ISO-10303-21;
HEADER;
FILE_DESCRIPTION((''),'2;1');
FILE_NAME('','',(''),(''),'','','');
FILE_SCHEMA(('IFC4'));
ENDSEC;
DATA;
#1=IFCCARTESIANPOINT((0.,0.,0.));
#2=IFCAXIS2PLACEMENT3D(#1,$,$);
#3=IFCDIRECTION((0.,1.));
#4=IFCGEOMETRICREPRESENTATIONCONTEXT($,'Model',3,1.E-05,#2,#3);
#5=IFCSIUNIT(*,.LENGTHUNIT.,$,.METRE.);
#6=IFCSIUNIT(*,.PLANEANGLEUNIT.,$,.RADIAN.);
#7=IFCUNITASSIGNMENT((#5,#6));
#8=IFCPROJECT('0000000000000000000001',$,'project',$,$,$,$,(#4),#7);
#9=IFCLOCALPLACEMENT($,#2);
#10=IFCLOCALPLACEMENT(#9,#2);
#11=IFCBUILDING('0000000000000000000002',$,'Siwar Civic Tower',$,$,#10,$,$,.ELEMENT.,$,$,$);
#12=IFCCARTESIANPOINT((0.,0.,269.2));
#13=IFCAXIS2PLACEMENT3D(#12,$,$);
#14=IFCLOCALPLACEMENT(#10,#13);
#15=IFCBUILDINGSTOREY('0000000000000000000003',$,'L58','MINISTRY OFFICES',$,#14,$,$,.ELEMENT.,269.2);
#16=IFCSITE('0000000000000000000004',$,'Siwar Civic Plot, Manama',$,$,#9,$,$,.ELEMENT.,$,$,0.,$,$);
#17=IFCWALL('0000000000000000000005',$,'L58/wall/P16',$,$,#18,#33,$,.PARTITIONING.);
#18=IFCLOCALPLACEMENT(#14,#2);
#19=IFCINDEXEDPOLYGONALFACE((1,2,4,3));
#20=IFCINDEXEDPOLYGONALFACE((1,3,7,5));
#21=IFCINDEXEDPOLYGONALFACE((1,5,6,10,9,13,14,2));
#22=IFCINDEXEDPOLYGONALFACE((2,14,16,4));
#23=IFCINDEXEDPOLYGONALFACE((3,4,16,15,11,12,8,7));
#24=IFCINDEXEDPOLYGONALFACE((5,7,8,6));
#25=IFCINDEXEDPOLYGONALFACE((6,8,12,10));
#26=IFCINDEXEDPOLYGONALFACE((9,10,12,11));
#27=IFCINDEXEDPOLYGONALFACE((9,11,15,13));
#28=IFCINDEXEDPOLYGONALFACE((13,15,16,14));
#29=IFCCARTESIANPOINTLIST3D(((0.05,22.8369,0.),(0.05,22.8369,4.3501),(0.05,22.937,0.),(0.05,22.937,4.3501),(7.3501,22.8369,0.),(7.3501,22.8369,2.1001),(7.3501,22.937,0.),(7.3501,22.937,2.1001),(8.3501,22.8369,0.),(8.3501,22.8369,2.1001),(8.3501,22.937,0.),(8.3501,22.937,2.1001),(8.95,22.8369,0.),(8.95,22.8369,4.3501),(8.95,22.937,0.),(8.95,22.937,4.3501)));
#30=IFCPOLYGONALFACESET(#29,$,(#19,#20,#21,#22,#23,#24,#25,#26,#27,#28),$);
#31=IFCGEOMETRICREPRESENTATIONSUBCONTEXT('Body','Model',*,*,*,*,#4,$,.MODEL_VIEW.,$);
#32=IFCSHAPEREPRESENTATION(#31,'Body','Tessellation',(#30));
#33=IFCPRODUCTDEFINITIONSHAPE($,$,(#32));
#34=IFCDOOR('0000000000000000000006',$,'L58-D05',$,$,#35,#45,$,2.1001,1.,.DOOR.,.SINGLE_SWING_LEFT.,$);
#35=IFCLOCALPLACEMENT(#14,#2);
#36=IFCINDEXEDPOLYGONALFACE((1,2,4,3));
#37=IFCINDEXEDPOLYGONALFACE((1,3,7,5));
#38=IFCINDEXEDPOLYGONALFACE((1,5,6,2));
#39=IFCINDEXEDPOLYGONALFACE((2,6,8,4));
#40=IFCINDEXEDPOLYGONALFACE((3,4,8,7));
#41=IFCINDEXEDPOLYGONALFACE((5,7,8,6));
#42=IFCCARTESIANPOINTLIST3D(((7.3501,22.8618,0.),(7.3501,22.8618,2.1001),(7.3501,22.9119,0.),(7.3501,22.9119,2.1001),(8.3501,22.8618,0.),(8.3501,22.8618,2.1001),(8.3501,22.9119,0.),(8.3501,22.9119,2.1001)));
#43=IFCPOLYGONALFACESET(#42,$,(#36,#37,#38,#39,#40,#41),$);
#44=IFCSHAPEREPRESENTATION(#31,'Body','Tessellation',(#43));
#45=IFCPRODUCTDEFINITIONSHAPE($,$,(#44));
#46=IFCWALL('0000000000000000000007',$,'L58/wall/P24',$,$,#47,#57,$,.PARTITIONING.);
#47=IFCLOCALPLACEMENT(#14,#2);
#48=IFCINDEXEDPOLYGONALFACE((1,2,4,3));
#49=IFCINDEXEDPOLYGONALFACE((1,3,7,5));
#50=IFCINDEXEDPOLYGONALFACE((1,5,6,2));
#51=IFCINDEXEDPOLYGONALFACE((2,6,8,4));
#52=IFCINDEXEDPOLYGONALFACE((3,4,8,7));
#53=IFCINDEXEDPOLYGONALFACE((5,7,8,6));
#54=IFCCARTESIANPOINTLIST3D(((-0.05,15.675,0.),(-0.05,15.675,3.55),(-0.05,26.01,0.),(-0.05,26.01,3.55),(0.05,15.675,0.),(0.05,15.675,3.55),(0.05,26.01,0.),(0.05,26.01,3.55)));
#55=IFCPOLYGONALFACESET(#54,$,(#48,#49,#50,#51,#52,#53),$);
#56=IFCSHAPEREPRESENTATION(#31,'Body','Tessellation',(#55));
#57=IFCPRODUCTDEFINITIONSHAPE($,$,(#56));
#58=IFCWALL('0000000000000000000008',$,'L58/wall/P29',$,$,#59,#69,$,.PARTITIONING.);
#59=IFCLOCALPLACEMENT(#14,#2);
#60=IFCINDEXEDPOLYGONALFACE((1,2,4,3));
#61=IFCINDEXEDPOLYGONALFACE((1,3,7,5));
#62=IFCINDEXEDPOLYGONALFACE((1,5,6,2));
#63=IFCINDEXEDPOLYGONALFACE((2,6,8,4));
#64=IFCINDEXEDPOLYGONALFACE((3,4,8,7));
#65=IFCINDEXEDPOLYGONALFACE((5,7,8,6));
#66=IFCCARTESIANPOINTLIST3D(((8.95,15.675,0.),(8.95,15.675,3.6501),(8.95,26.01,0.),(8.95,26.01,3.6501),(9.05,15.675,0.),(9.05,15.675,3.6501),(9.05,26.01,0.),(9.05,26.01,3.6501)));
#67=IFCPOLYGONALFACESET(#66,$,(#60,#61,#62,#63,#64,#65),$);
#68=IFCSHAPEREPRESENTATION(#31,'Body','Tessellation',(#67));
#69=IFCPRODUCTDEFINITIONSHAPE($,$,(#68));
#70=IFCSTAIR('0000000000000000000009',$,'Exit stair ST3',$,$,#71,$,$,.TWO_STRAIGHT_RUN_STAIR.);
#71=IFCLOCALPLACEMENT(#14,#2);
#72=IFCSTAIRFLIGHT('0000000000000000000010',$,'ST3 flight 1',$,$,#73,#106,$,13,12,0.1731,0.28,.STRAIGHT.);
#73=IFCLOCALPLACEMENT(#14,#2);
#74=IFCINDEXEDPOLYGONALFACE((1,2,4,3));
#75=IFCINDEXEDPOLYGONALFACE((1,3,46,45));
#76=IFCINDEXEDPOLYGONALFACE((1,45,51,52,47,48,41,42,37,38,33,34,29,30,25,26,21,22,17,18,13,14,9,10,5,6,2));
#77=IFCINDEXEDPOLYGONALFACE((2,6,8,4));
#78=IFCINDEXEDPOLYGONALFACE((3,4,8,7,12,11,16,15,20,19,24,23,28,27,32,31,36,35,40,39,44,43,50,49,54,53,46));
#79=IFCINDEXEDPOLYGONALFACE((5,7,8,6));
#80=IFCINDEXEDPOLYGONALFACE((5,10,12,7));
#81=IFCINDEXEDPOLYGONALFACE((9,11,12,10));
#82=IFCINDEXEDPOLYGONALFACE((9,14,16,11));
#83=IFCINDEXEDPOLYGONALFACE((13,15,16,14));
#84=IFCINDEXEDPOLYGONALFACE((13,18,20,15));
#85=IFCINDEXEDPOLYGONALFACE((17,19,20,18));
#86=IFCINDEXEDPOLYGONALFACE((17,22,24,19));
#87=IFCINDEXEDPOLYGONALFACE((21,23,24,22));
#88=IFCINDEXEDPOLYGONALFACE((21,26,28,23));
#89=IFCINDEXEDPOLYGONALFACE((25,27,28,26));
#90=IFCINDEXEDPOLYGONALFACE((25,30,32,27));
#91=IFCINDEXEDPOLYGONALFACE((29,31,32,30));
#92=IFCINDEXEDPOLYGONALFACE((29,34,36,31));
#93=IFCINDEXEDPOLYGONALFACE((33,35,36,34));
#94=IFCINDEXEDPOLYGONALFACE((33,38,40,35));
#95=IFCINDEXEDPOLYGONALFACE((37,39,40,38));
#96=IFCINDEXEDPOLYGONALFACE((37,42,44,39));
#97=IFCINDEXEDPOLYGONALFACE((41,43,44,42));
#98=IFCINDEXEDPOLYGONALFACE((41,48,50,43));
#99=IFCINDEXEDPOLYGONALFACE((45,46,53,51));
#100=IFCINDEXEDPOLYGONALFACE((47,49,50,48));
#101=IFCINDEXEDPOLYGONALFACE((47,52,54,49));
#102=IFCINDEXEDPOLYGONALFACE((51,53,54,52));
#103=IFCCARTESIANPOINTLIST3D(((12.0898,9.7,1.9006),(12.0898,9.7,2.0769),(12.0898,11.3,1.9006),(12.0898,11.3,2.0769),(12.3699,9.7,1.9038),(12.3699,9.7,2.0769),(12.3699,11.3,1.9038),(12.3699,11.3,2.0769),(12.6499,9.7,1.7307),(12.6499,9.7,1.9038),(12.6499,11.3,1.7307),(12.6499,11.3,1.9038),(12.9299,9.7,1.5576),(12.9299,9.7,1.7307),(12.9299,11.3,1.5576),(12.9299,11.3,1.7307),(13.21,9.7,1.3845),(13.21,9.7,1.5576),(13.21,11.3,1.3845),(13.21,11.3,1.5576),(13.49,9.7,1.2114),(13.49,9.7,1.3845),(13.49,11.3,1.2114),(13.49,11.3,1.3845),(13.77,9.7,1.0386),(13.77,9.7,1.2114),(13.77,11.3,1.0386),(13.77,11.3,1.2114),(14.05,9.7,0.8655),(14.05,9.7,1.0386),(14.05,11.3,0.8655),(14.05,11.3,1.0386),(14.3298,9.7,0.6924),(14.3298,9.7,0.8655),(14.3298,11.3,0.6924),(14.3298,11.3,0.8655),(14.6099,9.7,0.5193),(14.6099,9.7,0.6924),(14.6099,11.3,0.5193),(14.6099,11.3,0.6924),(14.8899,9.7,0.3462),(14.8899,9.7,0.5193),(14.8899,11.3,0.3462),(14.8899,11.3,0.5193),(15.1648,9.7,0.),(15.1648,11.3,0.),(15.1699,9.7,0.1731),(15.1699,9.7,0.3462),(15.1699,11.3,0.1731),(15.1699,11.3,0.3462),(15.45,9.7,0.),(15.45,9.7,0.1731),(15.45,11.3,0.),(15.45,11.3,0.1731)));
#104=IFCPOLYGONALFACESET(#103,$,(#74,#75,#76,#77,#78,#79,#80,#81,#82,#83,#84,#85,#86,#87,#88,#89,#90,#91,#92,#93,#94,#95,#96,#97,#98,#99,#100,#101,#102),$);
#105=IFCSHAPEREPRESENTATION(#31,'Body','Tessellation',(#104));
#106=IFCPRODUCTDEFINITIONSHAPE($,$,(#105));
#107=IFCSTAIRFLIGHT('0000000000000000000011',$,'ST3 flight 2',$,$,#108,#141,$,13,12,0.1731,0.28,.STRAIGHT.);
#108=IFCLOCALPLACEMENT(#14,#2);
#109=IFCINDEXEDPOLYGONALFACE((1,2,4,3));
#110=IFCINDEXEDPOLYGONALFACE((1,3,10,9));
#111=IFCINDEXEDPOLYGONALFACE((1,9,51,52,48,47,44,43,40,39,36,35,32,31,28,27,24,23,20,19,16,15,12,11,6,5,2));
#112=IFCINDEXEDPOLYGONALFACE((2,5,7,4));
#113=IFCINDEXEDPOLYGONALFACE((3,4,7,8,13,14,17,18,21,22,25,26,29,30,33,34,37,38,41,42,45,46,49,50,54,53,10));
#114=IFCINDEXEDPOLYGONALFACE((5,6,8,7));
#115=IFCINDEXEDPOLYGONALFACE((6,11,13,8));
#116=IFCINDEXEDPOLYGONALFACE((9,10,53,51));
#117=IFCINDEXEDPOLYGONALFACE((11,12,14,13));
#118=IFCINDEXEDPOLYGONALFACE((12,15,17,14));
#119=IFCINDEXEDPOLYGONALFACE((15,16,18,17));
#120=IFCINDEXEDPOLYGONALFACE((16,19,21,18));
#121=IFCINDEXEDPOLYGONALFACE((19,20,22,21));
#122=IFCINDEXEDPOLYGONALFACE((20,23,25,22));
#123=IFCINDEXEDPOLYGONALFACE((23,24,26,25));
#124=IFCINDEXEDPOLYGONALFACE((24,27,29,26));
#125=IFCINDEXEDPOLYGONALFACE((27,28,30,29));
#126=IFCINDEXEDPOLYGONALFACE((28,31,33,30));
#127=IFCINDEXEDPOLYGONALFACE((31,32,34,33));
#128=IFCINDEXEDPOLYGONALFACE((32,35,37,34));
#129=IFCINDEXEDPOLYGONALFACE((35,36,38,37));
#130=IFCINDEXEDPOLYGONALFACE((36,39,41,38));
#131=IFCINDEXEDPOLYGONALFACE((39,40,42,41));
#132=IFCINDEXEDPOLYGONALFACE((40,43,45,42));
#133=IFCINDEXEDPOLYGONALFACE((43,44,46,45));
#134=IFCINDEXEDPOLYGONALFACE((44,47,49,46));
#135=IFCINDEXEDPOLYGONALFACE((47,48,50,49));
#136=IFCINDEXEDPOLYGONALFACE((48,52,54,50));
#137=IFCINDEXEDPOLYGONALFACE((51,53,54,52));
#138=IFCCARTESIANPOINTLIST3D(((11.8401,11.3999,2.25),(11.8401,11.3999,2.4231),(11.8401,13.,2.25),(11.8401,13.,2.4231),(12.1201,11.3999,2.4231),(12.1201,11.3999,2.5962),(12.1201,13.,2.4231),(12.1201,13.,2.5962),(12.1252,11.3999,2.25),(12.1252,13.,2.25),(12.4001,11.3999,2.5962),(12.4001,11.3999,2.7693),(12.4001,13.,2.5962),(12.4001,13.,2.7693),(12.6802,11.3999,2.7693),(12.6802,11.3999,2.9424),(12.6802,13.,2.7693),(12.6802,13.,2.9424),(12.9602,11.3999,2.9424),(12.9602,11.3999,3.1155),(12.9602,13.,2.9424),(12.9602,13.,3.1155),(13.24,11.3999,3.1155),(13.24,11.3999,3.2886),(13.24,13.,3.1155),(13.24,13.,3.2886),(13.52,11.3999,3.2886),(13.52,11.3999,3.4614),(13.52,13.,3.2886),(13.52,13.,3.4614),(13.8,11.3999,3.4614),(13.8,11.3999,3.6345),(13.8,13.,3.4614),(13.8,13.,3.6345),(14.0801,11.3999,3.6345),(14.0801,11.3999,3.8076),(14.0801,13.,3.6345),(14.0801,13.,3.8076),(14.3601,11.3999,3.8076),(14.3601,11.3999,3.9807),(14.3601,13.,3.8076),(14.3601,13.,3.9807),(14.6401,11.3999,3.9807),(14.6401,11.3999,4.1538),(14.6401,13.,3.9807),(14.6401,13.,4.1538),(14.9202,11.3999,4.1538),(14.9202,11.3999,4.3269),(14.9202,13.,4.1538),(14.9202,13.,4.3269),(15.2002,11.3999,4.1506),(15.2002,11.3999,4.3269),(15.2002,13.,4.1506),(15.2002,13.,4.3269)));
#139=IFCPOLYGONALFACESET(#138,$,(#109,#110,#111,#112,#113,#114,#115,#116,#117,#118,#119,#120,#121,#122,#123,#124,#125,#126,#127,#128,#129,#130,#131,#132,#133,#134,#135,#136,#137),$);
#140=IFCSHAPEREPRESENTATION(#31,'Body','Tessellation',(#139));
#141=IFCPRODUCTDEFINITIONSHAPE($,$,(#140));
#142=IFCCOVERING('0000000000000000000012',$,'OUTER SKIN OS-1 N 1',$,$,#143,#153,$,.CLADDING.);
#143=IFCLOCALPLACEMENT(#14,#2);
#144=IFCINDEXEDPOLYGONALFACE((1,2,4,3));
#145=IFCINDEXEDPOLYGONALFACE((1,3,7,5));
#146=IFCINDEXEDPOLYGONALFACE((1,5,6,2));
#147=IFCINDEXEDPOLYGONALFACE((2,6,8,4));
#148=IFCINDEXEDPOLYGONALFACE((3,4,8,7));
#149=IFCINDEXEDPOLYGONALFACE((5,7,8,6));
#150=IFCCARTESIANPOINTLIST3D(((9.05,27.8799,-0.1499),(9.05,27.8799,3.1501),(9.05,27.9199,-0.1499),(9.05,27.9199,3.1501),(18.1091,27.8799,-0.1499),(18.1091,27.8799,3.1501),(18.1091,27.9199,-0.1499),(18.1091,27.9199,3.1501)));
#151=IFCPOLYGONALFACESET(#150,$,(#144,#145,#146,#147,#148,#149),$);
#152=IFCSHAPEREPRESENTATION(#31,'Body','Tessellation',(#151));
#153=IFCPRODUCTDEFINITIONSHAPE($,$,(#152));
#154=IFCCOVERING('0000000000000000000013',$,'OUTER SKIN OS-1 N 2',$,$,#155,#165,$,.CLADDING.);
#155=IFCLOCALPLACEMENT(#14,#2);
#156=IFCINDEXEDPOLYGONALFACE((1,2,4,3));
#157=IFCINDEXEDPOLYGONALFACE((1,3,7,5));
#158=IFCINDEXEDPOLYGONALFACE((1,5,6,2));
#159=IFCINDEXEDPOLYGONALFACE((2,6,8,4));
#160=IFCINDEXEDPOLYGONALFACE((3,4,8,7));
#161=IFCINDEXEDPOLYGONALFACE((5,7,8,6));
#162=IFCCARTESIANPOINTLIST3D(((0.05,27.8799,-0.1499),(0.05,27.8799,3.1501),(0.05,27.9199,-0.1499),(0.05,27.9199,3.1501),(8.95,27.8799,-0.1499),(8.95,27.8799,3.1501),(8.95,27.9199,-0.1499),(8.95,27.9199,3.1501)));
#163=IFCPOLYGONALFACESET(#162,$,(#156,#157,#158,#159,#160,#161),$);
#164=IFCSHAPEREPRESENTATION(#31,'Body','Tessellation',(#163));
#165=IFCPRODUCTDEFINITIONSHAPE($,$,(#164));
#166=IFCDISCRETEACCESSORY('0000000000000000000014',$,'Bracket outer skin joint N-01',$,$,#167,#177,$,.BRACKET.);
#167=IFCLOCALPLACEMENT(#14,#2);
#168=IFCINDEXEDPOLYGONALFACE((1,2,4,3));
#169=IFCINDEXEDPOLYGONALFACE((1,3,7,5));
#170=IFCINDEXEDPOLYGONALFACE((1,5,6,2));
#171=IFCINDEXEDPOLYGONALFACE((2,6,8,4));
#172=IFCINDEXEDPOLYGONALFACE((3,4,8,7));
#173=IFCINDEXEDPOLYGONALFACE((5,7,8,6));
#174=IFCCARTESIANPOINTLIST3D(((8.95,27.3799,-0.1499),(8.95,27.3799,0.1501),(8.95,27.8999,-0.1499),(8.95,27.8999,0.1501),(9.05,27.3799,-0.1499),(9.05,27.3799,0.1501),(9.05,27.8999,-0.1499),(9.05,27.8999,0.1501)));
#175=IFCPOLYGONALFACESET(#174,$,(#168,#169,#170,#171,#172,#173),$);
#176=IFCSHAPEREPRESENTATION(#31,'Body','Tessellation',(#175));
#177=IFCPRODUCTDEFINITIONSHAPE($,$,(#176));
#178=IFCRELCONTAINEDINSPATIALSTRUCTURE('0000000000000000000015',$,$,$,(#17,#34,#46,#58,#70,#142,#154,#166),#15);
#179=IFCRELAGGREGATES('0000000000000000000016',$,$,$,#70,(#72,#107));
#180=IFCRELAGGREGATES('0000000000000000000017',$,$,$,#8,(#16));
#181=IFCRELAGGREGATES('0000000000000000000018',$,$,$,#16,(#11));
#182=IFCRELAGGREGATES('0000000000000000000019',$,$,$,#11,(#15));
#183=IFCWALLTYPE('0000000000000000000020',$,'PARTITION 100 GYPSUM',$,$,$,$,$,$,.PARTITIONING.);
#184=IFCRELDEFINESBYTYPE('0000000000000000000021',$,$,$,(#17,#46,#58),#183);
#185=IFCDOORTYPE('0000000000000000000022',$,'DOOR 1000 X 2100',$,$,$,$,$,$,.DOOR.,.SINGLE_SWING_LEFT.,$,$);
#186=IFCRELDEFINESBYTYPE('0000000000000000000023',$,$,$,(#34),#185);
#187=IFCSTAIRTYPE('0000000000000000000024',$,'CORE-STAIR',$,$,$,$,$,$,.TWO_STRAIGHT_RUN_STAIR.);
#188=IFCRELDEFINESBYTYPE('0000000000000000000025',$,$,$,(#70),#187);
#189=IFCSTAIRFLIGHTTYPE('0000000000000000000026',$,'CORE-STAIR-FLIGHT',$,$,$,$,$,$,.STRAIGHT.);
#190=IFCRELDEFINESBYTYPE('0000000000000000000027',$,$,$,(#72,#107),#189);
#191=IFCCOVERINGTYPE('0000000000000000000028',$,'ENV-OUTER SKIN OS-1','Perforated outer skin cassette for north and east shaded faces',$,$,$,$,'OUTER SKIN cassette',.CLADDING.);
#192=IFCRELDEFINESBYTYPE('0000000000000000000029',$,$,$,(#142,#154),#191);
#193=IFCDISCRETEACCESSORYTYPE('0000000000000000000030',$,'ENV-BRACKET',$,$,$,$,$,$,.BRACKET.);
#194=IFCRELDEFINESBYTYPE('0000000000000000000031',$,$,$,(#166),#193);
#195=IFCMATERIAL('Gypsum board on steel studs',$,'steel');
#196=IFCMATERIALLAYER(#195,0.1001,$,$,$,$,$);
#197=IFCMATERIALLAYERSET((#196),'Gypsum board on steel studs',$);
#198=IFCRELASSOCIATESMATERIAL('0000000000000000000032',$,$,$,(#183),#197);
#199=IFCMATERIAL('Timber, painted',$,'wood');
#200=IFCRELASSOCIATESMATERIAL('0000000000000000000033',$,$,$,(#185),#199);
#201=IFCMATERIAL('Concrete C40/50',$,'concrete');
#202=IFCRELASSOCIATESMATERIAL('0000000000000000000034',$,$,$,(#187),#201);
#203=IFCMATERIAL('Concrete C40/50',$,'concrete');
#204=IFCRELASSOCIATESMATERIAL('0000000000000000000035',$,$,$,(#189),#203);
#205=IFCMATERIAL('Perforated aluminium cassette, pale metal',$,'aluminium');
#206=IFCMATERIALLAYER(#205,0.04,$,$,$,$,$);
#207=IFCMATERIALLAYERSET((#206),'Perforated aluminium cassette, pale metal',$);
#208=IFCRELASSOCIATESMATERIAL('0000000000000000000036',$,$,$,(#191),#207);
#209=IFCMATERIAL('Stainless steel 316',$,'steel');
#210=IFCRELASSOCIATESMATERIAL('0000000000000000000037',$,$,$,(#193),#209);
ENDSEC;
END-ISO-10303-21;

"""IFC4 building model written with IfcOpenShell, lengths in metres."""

from ifc_helpers import new_model, si_unit, direction, frame, frame_2d, origin, origin_2d, place, context, subcontext, project, spatial, polyline, rectangle, outline, extrude, material, layer, layer_set, type_object, element, fill, aggregate, save


model = new_model("IFC4")

# Units and contexts
model_context = context("Model", 3, precision=1e-05, world=origin(), true_north=direction((0.0, 1.0)))
body_context = subcontext(model_context, "Body", "Model", "MODEL_VIEW")
ifc_project = project(units=[si_unit("LENGTHUNIT", "METRE"), si_unit("PLANEANGLEUNIT", "RADIAN")], contexts=[model_context])

# Site, building, storey
site_placement = place(None, origin())
site = spatial("IfcSite", under=ifc_project, at=site_placement, Name="Siwar Civic Plot, Manama", CompositionType="ELEMENT", RefElevation=0.0)
building_placement = place(site_placement, origin())
building = spatial("IfcBuilding", under=site, at=building_placement, Name="Siwar Civic Tower", CompositionType="ELEMENT")
storey_placement = place(building_placement, frame((0.0, 0.0, 269.2)))
storey = spatial("IfcBuildingStorey", under=building, at=storey_placement, Name="L58", Description="MINISTRY OFFICES", CompositionType="ELEMENT", Elevation=269.2)

# Wall, opening, door
ifc_material_1 = material(Name="Gypsum board on steel studs", Category="steel")
ifc_layer_1 = layer(ifc_material_1, 0.1001)
ifc_layer_set_1 = layer_set([ifc_layer_1], Name="Gypsum board on steel studs")
wall_type_1 = type_object("IfcWallType", Name="PARTITION 100 GYPSUM", PredefinedType="PARTITIONING", material=ifc_layer_set_1)
ifc_material_2 = material(Name="Timber, painted", Category="wood")
door_type_1 = type_object("IfcDoorType", Name="DOOR 1000 X 2100", OperationType="SINGLE_SWING_LEFT", PredefinedType="DOOR", material=ifc_material_2)
wall_1_placement = place(storey_placement, frame((0.05, 22.887, 0.0), z_axis=(0.0, 0.0, 1.0), x_axis=(1.0, 0.0, 0.0)))
wall_1 = element("IfcWall", 1, at=wall_1_placement, inside=storey, type_object=wall_type_1, Name="L58/wall/P16", PredefinedType="PARTITIONING", context=body_context, shape_type="SweptSolid", body=[
    extrude(rectangle(XDim=8.8999, YDim=0.1001, at=frame_2d((4.45, 0.0))), origin(), (0.0, 0.0, 1.0), 4.3501),
])
opening_1_placement = place(wall_1_placement, frame((7.3, 0.0, 0.0)))
opening_1 = element("IfcOpeningElement", 2, at=opening_1_placement, cuts=wall_1, PredefinedType="OPENING", context=body_context, shape_type="SweptSolid", body=[
    extrude(rectangle(XDim=1.0, YDim=2.1001, at=frame_2d((0.5, 1.05))), frame((0.0, 0.0601, 0.0), z_axis=(0.0, -1.0, 0.0), x_axis=(1.0, 0.0, 0.0)), (0.0, 0.0, 1.0), 0.1201),
])
door_1_placement = place(opening_1_placement, origin())
door_1 = element("IfcDoor", 3, at=door_1_placement, inside=storey, type_object=door_type_1, Name="L58-D05", OperationType="SINGLE_SWING_LEFT", OverallHeight=2.1001, OverallWidth=1.0, PredefinedType="DOOR", context=body_context, shape_type="SweptSolid", body=[
    extrude(rectangle(XDim=1.0, YDim=2.1001, at=frame_2d((0.5, 1.05))), frame((0.0, 0.0249, 0.0), z_axis=(0.0, -1.0, 0.0), x_axis=(1.0, 0.0, 0.0)), (0.0, 0.0, 1.0), 0.05),
])
fill(opening_1, door_1)

# Walls
wall_2_placement = place(storey_placement, frame((0.0, 15.675, 0.0), z_axis=(0.0, 0.0, 1.0), x_axis=(0.0, 1.0, 0.0)))
element("IfcWall", 4, at=wall_2_placement, inside=storey, type_object=wall_type_1, Name="L58/wall/P24", PredefinedType="PARTITIONING", context=body_context, shape_type="SweptSolid", body=[
    extrude(rectangle(XDim=10.335, YDim=0.1001, at=frame_2d((5.1675, 0.0))), origin(), (0.0, 0.0, 1.0), 3.55),
])
wall_3_placement = place(storey_placement, frame((9.0, 15.675, 0.0), z_axis=(0.0, 0.0, 1.0), x_axis=(0.0, 1.0, 0.0)))
element("IfcWall", 5, at=wall_3_placement, inside=storey, type_object=wall_type_1, Name="L58/wall/P29", PredefinedType="PARTITIONING", context=body_context, shape_type="SweptSolid", body=[
    extrude(rectangle(XDim=10.335, YDim=0.1001, at=frame_2d((5.1675, 0.0))), origin(), (0.0, 0.0, 1.0), 3.6501),
])

# Stair, stair flights
ifc_material_3 = material(Name="Concrete C40/50", Category="concrete")
stair_type = type_object("IfcStairType", Name="CORE-STAIR", PredefinedType="TWO_STRAIGHT_RUN_STAIR", material=ifc_material_3)
stair_placement = place(storey_placement, origin())
stair = element("IfcStair", 6, at=stair_placement, inside=storey, type_object=stair_type, Name="Exit stair ST3", PredefinedType="TWO_STRAIGHT_RUN_STAIR")
ifc_material_4 = material(Name="Concrete C40/50", Category="concrete")
stair_flight_type = type_object("IfcStairFlightType", Name="CORE-STAIR-FLIGHT", PredefinedType="STRAIGHT", material=ifc_material_4)
stair_flight_1_placement = place(storey_placement, frame((15.45, 10.5, 0.0), z_axis=(0.0, 0.0, 1.0), x_axis=(-1.0, 0.0, 0.0)))
stair_flight_1 = element("IfcStairFlight", 7, at=stair_flight_1_placement, type_object=stair_flight_type, Name="ST3 flight 1", NumberOfRisers=13, NumberOfTreads=12, PredefinedType="STRAIGHT", RiserHeight=0.1731, TreadLength=0.28, context=body_context, shape_type="SweptSolid", body=[
    extrude(outline(polyline([(0.0, 0.0), (0.0, 0.1731), (0.28, 0.1731), (0.28, 0.3462), (0.5601, 0.3462), (0.5601, 0.5193), (0.8401, 0.5193), (0.8401, 0.6924), (1.1201, 0.6924), (1.1201, 0.8655), (1.3999, 0.8655), (1.3999, 1.0386), (1.6799, 1.0386), (1.6799, 1.2114), (1.96, 1.2114), (1.96, 1.3845), (2.24, 1.3845), (2.24, 1.5576), (2.52, 1.5576), (2.52, 1.7307), (2.8, 1.7307), (2.8, 1.9038), (3.0801, 1.9038), (3.0801, 2.0769), (3.3601, 2.0769), (3.3601, 2.25), (3.3601, 1.9006), (0.2852, 0.0), (0.0, 0.0)])), frame((0.0, 0.8, 0.0), z_axis=(0.0, -1.0, 0.0), x_axis=(1.0, 0.0, 0.0)), (0.0, 0.0, 1.0), 1.6001),
])
stair_flight_2_placement = place(storey_placement, frame((11.8401, 12.2, 2.25), z_axis=(0.0, 0.0, 1.0), x_axis=(1.0, 0.0, 0.0)))
stair_flight_2 = element("IfcStairFlight", 8, at=stair_flight_2_placement, type_object=stair_flight_type, Name="ST3 flight 2", NumberOfRisers=13, NumberOfTreads=12, PredefinedType="STRAIGHT", RiserHeight=0.1731, TreadLength=0.28, context=body_context, shape_type="SweptSolid", body=[
    extrude(outline(polyline([(0.0, 0.0), (0.0, 0.1731), (0.28, 0.1731), (0.28, 0.3462), (0.5601, 0.3462), (0.5601, 0.5193), (0.8401, 0.5193), (0.8401, 0.6924), (1.1201, 0.6924), (1.1201, 0.8655), (1.3999, 0.8655), (1.3999, 1.0386), (1.6799, 1.0386), (1.6799, 1.2114), (1.96, 1.2114), (1.96, 1.3845), (2.24, 1.3845), (2.24, 1.5576), (2.52, 1.5576), (2.52, 1.7307), (2.8, 1.7307), (2.8, 1.9038), (3.0801, 1.9038), (3.0801, 2.0769), (3.3601, 2.0769), (3.3601, 2.25), (3.3601, 1.9006), (0.2852, 0.0), (0.0, 0.0)])), frame((0.0, 0.8, 0.0), z_axis=(0.0, -1.0, 0.0), x_axis=(1.0, 0.0, 0.0)), (0.0, 0.0, 1.0), 1.6001),
])
aggregate(stair, [stair_flight_1, stair_flight_2])

# Coverings
ifc_material_5 = material(Name="Perforated aluminium cassette, pale metal", Category="aluminium")
ifc_layer_2 = layer(ifc_material_5, 0.04)
ifc_layer_set_2 = layer_set([ifc_layer_2], Name="Perforated aluminium cassette, pale metal")
covering_type = type_object("IfcCoveringType", Name="ENV-OUTER SKIN OS-1", Description="Perforated outer skin cassette for north and east shaded faces", ElementType="OUTER SKIN cassette", PredefinedType="CLADDING", material=ifc_layer_set_2)
covering_1_placement = place(storey_placement, frame((13.5796, 27.8999, -0.1499), z_axis=(0.0, 0.0, 1.0), x_axis=(-1.0, 0.0, 0.0)))
element("IfcCovering", 9, at=covering_1_placement, inside=storey, type_object=covering_type, Name="OUTER SKIN OS-1 N 1", PredefinedType="CLADDING", context=body_context, shape_type="SweptSolid", body=[
    extrude(rectangle(XDim=9.0591, YDim=0.04, at=origin_2d()), origin(), (0.0, 0.0, 1.0), 3.3),
])
covering_2_placement = place(storey_placement, frame((4.5, 27.8999, -0.1499), z_axis=(0.0, 0.0, 1.0), x_axis=(-1.0, 0.0, 0.0)))
element("IfcCovering", 10, at=covering_2_placement, inside=storey, type_object=covering_type, Name="OUTER SKIN OS-1 N 2", PredefinedType="CLADDING", context=body_context, shape_type="SweptSolid", body=[
    extrude(rectangle(XDim=8.8999, YDim=0.04, at=origin_2d()), origin(), (0.0, 0.0, 1.0), 3.3),
])

# Discrete accessory
ifc_material_6 = material(Name="Stainless steel 316", Category="steel")
discrete_accessory_type = type_object("IfcDiscreteAccessoryType", Name="ENV-BRACKET", PredefinedType="BRACKET", material=ifc_material_6)
for number, where, z_axis, x_axis, name in (
    (11, (9.0, 27.6399, -0.1499), (0.0, 0.0, 1.0), (0.0, 1.0, 0.0), "Bracket outer skin joint N-01"),
):
    element("IfcDiscreteAccessory", number, at=place(storey_placement, frame(where, z_axis=z_axis, x_axis=x_axis)), inside=storey, type_object=discrete_accessory_type, Name=name, PredefinedType="BRACKET", context=body_context, shape_type="SweptSolid", body=[
        extrude(rectangle(XDim=0.52, YDim=0.1001, at=origin_2d()), origin(), (0.0, 0.0, 1.0), 0.3),
    ])

save(model, "model.ifc")
